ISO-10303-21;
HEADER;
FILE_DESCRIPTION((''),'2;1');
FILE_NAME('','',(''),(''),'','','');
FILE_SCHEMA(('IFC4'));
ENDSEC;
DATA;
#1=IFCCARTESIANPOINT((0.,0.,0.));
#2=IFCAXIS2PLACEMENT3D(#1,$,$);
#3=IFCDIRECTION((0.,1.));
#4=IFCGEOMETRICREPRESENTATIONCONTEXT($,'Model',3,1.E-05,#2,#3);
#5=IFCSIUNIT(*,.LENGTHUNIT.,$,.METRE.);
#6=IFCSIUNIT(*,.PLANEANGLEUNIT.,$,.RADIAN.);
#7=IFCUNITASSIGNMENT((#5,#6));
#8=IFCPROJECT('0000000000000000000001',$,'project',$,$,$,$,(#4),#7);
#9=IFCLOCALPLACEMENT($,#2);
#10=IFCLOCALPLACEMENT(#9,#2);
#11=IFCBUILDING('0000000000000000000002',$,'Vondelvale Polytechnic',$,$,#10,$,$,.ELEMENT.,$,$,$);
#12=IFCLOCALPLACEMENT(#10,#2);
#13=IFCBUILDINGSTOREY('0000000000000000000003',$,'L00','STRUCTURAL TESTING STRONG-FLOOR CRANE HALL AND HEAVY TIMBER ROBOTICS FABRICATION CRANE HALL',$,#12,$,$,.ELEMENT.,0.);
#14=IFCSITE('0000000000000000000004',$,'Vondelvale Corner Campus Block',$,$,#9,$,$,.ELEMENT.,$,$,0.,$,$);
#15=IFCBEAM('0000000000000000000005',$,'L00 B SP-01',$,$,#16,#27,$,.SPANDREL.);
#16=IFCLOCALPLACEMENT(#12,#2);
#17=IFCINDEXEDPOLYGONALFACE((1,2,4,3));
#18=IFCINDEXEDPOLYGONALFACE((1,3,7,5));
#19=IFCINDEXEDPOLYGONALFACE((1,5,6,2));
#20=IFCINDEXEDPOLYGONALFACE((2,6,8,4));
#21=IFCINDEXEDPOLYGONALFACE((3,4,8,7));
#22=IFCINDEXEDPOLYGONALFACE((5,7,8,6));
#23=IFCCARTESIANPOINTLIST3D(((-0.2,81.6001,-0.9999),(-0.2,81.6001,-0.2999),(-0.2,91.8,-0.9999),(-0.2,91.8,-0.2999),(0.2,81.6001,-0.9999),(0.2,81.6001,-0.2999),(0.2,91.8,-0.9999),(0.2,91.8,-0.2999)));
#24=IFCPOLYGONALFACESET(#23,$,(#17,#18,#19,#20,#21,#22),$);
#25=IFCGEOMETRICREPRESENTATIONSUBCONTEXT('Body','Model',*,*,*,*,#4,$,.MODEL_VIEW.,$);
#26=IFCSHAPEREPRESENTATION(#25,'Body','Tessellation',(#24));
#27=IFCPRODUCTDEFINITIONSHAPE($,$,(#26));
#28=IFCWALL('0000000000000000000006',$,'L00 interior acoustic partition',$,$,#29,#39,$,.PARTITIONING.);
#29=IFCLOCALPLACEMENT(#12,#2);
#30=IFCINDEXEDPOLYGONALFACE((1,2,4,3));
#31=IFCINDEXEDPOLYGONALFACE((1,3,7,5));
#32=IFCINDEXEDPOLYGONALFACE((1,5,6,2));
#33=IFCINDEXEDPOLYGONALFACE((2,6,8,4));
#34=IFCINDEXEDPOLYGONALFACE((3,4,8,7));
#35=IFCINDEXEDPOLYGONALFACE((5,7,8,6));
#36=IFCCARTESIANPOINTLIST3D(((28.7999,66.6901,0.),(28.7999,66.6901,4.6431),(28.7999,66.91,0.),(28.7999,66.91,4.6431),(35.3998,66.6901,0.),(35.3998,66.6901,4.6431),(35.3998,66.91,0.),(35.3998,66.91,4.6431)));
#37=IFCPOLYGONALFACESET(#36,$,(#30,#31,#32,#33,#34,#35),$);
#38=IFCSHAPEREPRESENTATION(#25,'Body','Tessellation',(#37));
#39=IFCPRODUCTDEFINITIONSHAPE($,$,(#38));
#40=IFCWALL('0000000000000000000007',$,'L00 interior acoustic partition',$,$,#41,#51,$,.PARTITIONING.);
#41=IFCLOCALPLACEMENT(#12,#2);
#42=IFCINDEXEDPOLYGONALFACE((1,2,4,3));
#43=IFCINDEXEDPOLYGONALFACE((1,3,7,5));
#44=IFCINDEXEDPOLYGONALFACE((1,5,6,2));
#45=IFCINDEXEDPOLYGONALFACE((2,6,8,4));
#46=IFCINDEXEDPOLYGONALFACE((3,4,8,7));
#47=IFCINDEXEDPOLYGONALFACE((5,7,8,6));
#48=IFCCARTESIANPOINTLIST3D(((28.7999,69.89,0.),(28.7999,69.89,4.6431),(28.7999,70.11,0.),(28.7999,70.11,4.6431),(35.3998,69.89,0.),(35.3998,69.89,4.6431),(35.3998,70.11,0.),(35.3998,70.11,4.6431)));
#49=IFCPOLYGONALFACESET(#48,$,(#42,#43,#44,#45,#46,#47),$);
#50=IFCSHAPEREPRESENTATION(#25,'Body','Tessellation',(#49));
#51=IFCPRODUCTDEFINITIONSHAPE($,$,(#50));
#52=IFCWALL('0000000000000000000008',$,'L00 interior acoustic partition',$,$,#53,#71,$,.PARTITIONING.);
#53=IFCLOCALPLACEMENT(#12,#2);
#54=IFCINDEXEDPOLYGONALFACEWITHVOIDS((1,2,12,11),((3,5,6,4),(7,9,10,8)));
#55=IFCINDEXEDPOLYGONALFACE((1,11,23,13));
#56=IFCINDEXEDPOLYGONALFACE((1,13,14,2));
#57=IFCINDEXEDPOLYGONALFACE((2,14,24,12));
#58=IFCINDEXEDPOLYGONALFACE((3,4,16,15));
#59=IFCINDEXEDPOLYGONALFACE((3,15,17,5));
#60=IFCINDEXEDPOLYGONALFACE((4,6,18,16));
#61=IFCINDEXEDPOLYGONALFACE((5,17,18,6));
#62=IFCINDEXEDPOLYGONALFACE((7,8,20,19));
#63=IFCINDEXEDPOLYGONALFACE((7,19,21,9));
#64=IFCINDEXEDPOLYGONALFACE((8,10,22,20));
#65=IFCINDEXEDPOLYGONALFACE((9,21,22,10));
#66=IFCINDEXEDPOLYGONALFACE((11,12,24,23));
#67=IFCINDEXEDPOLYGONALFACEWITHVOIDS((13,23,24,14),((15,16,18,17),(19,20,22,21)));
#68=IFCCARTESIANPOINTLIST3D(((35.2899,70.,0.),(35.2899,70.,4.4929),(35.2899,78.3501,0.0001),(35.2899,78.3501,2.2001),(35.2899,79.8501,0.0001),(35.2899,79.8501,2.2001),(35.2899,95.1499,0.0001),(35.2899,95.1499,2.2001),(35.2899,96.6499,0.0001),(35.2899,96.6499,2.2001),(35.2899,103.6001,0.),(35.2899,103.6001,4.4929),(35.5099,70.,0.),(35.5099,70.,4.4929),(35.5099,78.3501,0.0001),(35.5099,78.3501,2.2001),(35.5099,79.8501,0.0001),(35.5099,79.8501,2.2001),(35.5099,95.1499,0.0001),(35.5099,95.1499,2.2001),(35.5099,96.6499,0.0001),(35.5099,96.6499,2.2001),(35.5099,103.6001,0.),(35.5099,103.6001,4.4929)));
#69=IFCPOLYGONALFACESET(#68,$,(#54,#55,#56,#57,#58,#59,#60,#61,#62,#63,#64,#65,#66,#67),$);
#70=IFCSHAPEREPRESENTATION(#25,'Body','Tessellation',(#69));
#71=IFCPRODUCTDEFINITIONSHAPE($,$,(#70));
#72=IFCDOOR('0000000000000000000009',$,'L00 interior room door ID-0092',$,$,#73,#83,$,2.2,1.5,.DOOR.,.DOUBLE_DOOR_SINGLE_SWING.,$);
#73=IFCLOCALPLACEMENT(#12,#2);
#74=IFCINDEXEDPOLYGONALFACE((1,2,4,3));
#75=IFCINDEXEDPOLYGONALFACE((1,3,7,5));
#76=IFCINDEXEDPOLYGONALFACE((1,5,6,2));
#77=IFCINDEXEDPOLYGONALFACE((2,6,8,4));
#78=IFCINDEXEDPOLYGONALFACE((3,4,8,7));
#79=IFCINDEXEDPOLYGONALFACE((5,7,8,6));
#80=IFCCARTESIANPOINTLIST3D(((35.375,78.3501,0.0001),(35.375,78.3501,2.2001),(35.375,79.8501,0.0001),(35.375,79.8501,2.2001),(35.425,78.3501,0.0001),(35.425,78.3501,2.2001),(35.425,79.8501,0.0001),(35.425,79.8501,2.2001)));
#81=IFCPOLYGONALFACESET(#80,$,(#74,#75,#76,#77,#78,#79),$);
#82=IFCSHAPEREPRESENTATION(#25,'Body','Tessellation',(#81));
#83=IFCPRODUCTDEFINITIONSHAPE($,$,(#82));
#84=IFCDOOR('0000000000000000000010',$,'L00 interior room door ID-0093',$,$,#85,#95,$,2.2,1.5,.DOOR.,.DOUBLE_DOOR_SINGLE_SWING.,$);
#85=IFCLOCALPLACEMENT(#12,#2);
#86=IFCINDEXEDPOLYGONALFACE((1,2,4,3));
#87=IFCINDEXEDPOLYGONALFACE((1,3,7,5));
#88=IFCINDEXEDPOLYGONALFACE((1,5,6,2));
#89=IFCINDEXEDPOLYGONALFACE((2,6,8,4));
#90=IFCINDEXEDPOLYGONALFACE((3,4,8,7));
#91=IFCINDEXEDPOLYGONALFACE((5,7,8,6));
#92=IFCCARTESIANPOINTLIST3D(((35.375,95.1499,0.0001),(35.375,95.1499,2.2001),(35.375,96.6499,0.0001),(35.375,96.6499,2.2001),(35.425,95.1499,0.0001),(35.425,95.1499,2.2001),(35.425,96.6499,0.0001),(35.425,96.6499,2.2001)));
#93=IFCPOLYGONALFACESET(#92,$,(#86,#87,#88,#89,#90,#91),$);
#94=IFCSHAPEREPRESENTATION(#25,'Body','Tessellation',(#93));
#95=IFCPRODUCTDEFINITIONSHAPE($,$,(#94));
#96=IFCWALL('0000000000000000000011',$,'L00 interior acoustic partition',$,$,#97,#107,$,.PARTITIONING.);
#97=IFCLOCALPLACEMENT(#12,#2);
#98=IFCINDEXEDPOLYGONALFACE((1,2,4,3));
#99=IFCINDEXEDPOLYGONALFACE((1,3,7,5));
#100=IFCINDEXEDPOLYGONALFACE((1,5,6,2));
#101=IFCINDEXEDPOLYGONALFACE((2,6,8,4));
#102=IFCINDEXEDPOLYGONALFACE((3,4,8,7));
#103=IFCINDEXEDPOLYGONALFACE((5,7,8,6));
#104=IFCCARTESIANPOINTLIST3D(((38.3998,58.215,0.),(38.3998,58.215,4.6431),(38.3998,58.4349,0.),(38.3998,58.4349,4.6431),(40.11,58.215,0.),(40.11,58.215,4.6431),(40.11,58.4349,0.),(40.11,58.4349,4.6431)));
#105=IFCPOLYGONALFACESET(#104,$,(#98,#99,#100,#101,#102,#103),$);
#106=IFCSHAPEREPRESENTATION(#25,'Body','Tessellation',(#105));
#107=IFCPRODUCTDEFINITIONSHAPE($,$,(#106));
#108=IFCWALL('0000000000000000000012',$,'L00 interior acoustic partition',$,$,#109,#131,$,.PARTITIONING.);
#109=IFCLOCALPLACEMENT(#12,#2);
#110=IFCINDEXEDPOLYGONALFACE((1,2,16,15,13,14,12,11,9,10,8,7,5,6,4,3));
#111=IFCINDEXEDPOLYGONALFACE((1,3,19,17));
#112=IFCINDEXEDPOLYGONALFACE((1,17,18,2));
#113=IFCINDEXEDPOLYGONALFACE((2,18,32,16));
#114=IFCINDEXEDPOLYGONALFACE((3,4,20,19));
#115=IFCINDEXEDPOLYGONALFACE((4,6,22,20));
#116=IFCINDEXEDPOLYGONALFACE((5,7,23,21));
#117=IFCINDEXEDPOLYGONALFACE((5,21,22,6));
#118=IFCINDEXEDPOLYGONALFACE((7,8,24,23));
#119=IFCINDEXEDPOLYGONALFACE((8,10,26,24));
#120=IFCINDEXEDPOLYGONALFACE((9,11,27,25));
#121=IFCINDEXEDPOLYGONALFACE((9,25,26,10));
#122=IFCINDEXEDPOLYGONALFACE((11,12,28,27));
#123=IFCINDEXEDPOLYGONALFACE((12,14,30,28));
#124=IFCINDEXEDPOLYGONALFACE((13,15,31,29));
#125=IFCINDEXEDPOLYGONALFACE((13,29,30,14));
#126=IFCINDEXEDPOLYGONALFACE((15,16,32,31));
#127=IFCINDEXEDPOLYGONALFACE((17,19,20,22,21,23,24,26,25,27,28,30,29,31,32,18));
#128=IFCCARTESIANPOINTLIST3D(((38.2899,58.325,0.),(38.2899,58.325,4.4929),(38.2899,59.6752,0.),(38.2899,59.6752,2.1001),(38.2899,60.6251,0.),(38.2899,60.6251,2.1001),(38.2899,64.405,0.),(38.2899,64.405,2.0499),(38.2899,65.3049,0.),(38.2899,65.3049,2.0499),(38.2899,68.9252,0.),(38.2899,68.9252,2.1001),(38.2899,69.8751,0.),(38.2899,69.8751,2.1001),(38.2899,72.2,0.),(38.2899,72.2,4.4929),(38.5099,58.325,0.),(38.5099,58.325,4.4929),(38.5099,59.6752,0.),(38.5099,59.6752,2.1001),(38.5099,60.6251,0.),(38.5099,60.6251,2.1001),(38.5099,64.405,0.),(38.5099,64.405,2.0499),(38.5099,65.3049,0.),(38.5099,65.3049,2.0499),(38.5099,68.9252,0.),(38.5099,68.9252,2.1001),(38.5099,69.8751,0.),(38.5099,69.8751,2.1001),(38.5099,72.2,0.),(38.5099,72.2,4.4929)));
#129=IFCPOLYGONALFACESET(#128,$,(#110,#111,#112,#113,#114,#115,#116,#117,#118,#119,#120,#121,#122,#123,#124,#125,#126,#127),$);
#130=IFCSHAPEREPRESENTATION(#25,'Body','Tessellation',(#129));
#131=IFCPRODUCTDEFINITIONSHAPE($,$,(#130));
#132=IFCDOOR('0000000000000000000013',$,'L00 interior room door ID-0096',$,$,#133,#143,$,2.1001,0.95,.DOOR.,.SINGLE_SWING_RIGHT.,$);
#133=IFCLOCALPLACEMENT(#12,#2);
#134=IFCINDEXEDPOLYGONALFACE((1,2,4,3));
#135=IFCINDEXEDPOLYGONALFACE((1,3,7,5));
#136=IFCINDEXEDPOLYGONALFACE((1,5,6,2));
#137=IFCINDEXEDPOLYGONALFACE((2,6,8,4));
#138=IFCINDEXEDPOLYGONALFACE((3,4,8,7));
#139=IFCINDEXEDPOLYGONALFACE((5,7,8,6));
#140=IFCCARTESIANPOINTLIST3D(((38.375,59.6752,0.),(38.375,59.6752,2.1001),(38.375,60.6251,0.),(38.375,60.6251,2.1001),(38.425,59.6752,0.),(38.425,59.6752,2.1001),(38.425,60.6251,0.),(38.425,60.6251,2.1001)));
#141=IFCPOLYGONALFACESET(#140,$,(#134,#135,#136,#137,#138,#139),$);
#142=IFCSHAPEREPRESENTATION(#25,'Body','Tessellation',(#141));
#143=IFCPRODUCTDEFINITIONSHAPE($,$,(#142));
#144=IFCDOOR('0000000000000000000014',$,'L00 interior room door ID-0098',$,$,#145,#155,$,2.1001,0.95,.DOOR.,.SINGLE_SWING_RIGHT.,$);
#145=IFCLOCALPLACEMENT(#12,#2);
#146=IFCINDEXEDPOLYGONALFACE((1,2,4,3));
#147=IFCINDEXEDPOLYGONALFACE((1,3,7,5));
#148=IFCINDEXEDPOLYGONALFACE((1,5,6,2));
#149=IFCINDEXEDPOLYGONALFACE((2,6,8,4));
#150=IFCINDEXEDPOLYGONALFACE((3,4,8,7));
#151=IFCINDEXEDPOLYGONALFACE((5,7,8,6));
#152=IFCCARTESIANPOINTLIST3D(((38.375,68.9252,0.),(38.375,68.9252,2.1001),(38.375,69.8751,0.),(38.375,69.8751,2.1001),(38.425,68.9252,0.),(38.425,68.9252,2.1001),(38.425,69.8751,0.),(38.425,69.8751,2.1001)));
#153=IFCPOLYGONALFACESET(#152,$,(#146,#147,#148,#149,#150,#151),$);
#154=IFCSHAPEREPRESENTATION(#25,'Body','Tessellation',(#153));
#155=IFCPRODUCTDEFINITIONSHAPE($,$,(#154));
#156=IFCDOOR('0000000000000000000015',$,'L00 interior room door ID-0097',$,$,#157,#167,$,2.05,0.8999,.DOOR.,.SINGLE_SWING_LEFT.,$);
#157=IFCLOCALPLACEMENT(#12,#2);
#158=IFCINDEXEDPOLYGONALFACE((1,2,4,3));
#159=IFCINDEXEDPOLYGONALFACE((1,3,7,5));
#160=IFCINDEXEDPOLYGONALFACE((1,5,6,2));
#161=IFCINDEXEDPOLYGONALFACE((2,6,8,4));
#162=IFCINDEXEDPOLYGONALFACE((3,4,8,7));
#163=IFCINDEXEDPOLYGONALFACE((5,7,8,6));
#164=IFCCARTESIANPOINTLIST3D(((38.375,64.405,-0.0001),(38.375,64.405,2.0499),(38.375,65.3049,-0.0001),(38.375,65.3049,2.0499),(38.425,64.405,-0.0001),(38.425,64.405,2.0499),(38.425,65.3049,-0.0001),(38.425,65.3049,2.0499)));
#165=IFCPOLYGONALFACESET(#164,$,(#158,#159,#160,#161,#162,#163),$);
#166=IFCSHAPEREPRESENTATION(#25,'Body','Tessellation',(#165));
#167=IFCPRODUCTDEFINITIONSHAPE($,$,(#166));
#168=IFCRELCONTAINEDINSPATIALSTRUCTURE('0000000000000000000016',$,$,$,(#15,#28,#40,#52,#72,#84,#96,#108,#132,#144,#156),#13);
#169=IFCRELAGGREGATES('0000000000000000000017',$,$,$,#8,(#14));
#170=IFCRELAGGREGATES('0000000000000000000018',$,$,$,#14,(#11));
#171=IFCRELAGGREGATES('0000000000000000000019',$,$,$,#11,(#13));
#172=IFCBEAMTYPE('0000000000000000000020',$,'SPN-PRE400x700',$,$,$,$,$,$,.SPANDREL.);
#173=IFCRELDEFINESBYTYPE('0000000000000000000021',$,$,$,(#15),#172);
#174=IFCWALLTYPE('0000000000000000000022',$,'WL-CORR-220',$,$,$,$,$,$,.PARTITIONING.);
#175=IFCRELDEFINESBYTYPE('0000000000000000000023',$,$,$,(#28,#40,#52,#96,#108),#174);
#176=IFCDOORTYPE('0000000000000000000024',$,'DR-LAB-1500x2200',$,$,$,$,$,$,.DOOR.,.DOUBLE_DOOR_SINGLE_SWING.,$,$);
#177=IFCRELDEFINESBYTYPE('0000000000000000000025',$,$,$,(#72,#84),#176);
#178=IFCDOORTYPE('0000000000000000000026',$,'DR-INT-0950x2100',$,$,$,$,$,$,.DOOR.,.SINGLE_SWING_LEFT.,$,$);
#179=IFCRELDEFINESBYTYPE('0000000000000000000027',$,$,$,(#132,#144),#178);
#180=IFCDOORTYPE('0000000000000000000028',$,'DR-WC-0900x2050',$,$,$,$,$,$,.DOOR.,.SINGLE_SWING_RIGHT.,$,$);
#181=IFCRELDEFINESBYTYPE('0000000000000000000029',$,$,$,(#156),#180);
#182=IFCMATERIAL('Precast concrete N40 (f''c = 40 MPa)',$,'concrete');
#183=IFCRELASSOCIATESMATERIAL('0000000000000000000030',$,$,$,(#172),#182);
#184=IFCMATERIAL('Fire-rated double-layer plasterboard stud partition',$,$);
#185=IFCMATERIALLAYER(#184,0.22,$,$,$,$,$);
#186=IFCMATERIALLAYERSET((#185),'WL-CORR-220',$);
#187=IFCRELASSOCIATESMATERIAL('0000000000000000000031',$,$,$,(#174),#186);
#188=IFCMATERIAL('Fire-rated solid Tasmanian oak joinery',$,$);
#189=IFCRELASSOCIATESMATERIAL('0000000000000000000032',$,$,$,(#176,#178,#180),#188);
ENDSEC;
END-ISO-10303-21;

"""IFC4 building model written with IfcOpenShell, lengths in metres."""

from ifc_helpers import new_model, si_unit, direction, frame, frame_2d, origin, origin_2d, place, context, subcontext, project, spatial, rectangle, extrude, material, layer, layer_set, material_profile, profile_set, type_object, element, fill, save


model = new_model("IFC4")

# Units and contexts
model_context = context("Model", 3, precision=1e-05, world=origin(), true_north=direction((0.0, 1.0)))
body_context = subcontext(model_context, "Body", "Model", "MODEL_VIEW")
ifc_project = project(units=[si_unit("LENGTHUNIT", "METRE"), si_unit("PLANEANGLEUNIT", "RADIAN")], contexts=[model_context])

# Site, building, storey
site_placement = place(None, origin())
site = spatial("IfcSite", under=ifc_project, at=site_placement, Name="Vondelvale Corner Campus Block", CompositionType="ELEMENT", RefElevation=0.0)
building_placement = place(site_placement, origin())
building = spatial("IfcBuilding", under=site, at=building_placement, Name="Vondelvale Polytechnic", CompositionType="ELEMENT")
storey_placement = place(building_placement, origin())
storey = spatial("IfcBuildingStorey", under=building, at=storey_placement, Name="L00", Description="STRUCTURAL TESTING STRONG-FLOOR CRANE HALL AND HEAVY TIMBER ROBOTICS FABRICATION CRANE HALL", CompositionType="ELEMENT", Elevation=0.0)

# Beam
ifc_material_1 = material(Name="Precast concrete N40 (f'c = 40 MPa)", Category="concrete")
ifc_material_profile_1 = material_profile(ifc_material_1, rectangle(XDim=0.3999, YDim=0.7, at=origin_2d()), Name="RC-SPN-400x700")
ifc_profile_set_1 = profile_set([ifc_material_profile_1], Name="Precast concrete N40 (f'c = 40 MPa)")
beam_type_1 = type_object("IfcBeamType", Name="SPN-PRE400x700", PredefinedType="SPANDREL", material=ifc_profile_set_1)
beam_1_placement = place(storey_placement, frame((0.0, 81.6001, -0.6499), z_axis=(0.0, 1.0, 0.0), x_axis=(-1.0, 0.0, 0.0)))
element("IfcBeam", 1, at=beam_1_placement, inside=storey, type_object=beam_type_1, Name="L00 B SP-01", PredefinedType="SPANDREL", context=body_context, shape_type="SweptSolid", body=[
    extrude(rectangle(XDim=0.3999, YDim=0.7, at=origin_2d()), origin(), (0.0, 0.0, 1.0), 10.2),
])

# Walls
ifc_material_2 = material(Name="Fire-rated double-layer plasterboard stud partition")
ifc_layer_1 = layer(ifc_material_2, 0.22)
ifc_layer_set_1 = layer_set([ifc_layer_1], Name="WL-CORR-220")
wall_type_1 = type_object("IfcWallType", Name="WL-CORR-220", PredefinedType="PARTITIONING", material=ifc_layer_set_1)
for number, where, z_axis, x_axis, name in (
    (2, (28.8, 66.8, 0.0), (0.0, 0.0, 1.0), (1.0, 0.0, 0.0), "L00 interior acoustic partition"),
    (3, (28.8, 70.0, 0.0), (0.0, 0.0, 1.0), (1.0, 0.0, 0.0), "L00 interior acoustic partition"),
):
    element("IfcWall", number, at=place(storey_placement, frame(where, z_axis=z_axis, x_axis=x_axis)), inside=storey, type_object=wall_type_1, Name=name, PredefinedType="PARTITIONING", context=body_context, shape_type="SweptSolid", body=[
        extrude(rectangle(XDim=6.5999, YDim=0.22, at=frame_2d((3.2998, 0.0))), origin(), (0.0, 0.0, 1.0), 4.6431),
    ])

# Wall, openings, doors
wall_1_placement = place(storey_placement, frame((35.3999, 70.0, 0.0), z_axis=(0.0, 0.0, 1.0), x_axis=(0.0, 1.0, 0.0)))
wall_1 = element("IfcWall", 4, at=wall_1_placement, inside=storey, type_object=wall_type_1, Name="L00 interior acoustic partition", PredefinedType="PARTITIONING", context=body_context, shape_type="SweptSolid", body=[
    extrude(rectangle(XDim=33.6001, YDim=0.22, at=frame_2d((16.8, 0.0))), origin(), (0.0, 0.0, 1.0), 4.4929),
])
opening_1_placement = place(wall_1_placement, frame((8.3501, 0.0, 0.0)))
opening_1 = element("IfcOpeningElement", 5, at=opening_1_placement, cuts=wall_1, PredefinedType="OPENING", context=body_context, shape_type="SweptSolid", body=[
    extrude(rectangle(XDim=1.5, YDim=2.2, at=frame_2d((0.75, 1.1001))), frame((0.0, 0.1199, 0.0), z_axis=(0.0, -1.0, 0.0), x_axis=(1.0, 0.0, 0.0)), (0.0, 0.0, 1.0), 0.24),
])
opening_2_placement = place(wall_1_placement, frame((25.1499, 0.0, 0.0)))
opening_2 = element("IfcOpeningElement", 6, at=opening_2_placement, cuts=wall_1, PredefinedType="OPENING", context=body_context, shape_type="SweptSolid", body=[
    extrude(rectangle(XDim=1.5, YDim=2.2, at=frame_2d((0.75, 1.1001))), frame((0.0, 0.1199, 0.0), z_axis=(0.0, -1.0, 0.0), x_axis=(1.0, 0.0, 0.0)), (0.0, 0.0, 1.0), 0.24),
])
ifc_material_3 = material(Name="Fire-rated solid Tasmanian oak joinery")
door_type_1 = type_object("IfcDoorType", Name="DR-LAB-1500x2200", OperationType="DOUBLE_DOOR_SINGLE_SWING", PredefinedType="DOOR", material=ifc_material_3)
door_1_placement = place(opening_1_placement, origin())
door_1 = element("IfcDoor", 7, at=door_1_placement, inside=storey, type_object=door_type_1, Name="L00 interior room door ID-0092", OperationType="DOUBLE_DOOR_SINGLE_SWING", OverallHeight=2.2, OverallWidth=1.5, PredefinedType="DOOR", context=body_context, shape_type="SweptSolid", body=[
    extrude(rectangle(XDim=1.5, YDim=2.2, at=frame_2d((0.75, 1.1001))), frame((0.0, 0.0249, 0.0), z_axis=(0.0, -1.0, 0.0), x_axis=(1.0, 0.0, 0.0)), (0.0, 0.0, 1.0), 0.05),
])
fill(opening_1, door_1)
door_2_placement = place(opening_2_placement, origin())
door_2 = element("IfcDoor", 8, at=door_2_placement, inside=storey, type_object=door_type_1, Name="L00 interior room door ID-0093", OperationType="DOUBLE_DOOR_SINGLE_SWING", OverallHeight=2.2, OverallWidth=1.5, PredefinedType="DOOR", context=body_context, shape_type="SweptSolid", body=[
    extrude(rectangle(XDim=1.5, YDim=2.2, at=frame_2d((0.75, 1.1001))), frame((0.0, 0.0249, 0.0), z_axis=(0.0, -1.0, 0.0), x_axis=(1.0, 0.0, 0.0)), (0.0, 0.0, 1.0), 0.05),
])
fill(opening_2, door_2)

# Wall
wall_2_placement = place(storey_placement, frame((38.3999, 58.325, 0.0), z_axis=(0.0, 0.0, 1.0), x_axis=(1.0, 0.0, 0.0)))
element("IfcWall", 9, at=wall_2_placement, inside=storey, type_object=wall_type_1, Name="L00 interior acoustic partition", PredefinedType="PARTITIONING", context=body_context, shape_type="SweptSolid", body=[
    extrude(rectangle(XDim=1.7102, YDim=0.22, at=frame_2d((0.855, 0.0))), origin(), (0.0, 0.0, 1.0), 4.6431),
])

# Wall, openings, doors
wall_3_placement = place(storey_placement, frame((38.3999, 58.325, 0.0), z_axis=(0.0, 0.0, 1.0), x_axis=(0.0, 1.0, 0.0)))
wall_3 = element("IfcWall", 10, at=wall_3_placement, inside=storey, type_object=wall_type_1, Name="L00 interior acoustic partition", PredefinedType="PARTITIONING", context=body_context, shape_type="SweptSolid", body=[
    extrude(rectangle(XDim=13.875, YDim=0.22, at=frame_2d((6.9375, 0.0))), origin(), (0.0, 0.0, 1.0), 4.4929),
])
opening_3_placement = place(wall_3_placement, frame((1.3501, 0.0, 0.0)))
opening_3 = element("IfcOpeningElement", 11, at=opening_3_placement, cuts=wall_3, PredefinedType="OPENING", context=body_context, shape_type="SweptSolid", body=[
    extrude(rectangle(XDim=0.95, YDim=2.1001, at=frame_2d((0.4751, 1.05))), frame((0.0, 0.1199, 0.0), z_axis=(0.0, -1.0, 0.0), x_axis=(1.0, 0.0, 0.0)), (0.0, 0.0, 1.0), 0.24),
])
opening_4_placement = place(wall_3_placement, frame((6.0801, 0.0, 0.0)))
opening_4 = element("IfcOpeningElement", 12, at=opening_4_placement, cuts=wall_3, PredefinedType="OPENING", context=body_context, shape_type="SweptSolid", body=[
    extrude(rectangle(XDim=0.8999, YDim=2.05, at=frame_2d((0.45, 1.0249))), frame((0.0, 0.1199, 0.0), z_axis=(0.0, -1.0, 0.0), x_axis=(1.0, 0.0, 0.0)), (0.0, 0.0, 1.0), 0.24),
])
opening_5_placement = place(wall_3_placement, frame((10.6001, 0.0, 0.0)))
opening_5 = element("IfcOpeningElement", 13, at=opening_5_placement, cuts=wall_3, PredefinedType="OPENING", context=body_context, shape_type="SweptSolid", body=[
    extrude(rectangle(XDim=0.95, YDim=2.1001, at=frame_2d((0.4751, 1.05))), frame((0.0, 0.1199, 0.0), z_axis=(0.0, -1.0, 0.0), x_axis=(1.0, 0.0, 0.0)), (0.0, 0.0, 1.0), 0.24),
])
door_type_2 = type_object("IfcDoorType", Name="DR-INT-0950x2100", OperationType="SINGLE_SWING_LEFT", PredefinedType="DOOR", material=ifc_material_3)
door_3_placement = place(opening_3_placement, origin())
door_3 = element("IfcDoor", 14, at=door_3_placement, inside=storey, type_object=door_type_2, Name="L00 interior room door ID-0096", OperationType="SINGLE_SWING_RIGHT", OverallHeight=2.1001, OverallWidth=0.95, PredefinedType="DOOR", context=body_context, shape_type="SweptSolid", body=[
    extrude(rectangle(XDim=0.95, YDim=2.1001, at=frame_2d((0.4751, 1.05))), frame((0.0, 0.0249, 0.0), z_axis=(0.0, -1.0, 0.0), x_axis=(1.0, 0.0, 0.0)), (0.0, 0.0, 1.0), 0.05),
])
fill(opening_3, door_3)
door_4_placement = place(opening_5_placement, origin())
door_4 = element("IfcDoor", 15, at=door_4_placement, inside=storey, type_object=door_type_2, Name="L00 interior room door ID-0098", OperationType="SINGLE_SWING_RIGHT", OverallHeight=2.1001, OverallWidth=0.95, PredefinedType="DOOR", context=body_context, shape_type="SweptSolid", body=[
    extrude(rectangle(XDim=0.95, YDim=2.1001, at=frame_2d((0.4751, 1.05))), frame((0.0, 0.0249, 0.0), z_axis=(0.0, -1.0, 0.0), x_axis=(1.0, 0.0, 0.0)), (0.0, 0.0, 1.0), 0.05),
])
fill(opening_5, door_4)
door_type_3 = type_object("IfcDoorType", Name="DR-WC-0900x2050", OperationType="SINGLE_SWING_RIGHT", PredefinedType="DOOR", material=ifc_material_3)
door_5_placement = place(opening_4_placement, origin())
door_5 = element("IfcDoor", 16, at=door_5_placement, inside=storey, type_object=door_type_3, Name="L00 interior room door ID-0097", OperationType="SINGLE_SWING_LEFT", OverallHeight=2.05, OverallWidth=0.8999, PredefinedType="DOOR", context=body_context, shape_type="SweptSolid", body=[
    extrude(rectangle(XDim=0.8999, YDim=2.05, at=frame_2d((0.45, 1.0249))), frame((0.0, 0.0249, 0.0), z_axis=(0.0, -1.0, 0.0), x_axis=(1.0, 0.0, 0.0)), (0.0, 0.0, 1.0), 0.05),
])
fill(opening_4, door_5)

save(model, "model.ifc")
